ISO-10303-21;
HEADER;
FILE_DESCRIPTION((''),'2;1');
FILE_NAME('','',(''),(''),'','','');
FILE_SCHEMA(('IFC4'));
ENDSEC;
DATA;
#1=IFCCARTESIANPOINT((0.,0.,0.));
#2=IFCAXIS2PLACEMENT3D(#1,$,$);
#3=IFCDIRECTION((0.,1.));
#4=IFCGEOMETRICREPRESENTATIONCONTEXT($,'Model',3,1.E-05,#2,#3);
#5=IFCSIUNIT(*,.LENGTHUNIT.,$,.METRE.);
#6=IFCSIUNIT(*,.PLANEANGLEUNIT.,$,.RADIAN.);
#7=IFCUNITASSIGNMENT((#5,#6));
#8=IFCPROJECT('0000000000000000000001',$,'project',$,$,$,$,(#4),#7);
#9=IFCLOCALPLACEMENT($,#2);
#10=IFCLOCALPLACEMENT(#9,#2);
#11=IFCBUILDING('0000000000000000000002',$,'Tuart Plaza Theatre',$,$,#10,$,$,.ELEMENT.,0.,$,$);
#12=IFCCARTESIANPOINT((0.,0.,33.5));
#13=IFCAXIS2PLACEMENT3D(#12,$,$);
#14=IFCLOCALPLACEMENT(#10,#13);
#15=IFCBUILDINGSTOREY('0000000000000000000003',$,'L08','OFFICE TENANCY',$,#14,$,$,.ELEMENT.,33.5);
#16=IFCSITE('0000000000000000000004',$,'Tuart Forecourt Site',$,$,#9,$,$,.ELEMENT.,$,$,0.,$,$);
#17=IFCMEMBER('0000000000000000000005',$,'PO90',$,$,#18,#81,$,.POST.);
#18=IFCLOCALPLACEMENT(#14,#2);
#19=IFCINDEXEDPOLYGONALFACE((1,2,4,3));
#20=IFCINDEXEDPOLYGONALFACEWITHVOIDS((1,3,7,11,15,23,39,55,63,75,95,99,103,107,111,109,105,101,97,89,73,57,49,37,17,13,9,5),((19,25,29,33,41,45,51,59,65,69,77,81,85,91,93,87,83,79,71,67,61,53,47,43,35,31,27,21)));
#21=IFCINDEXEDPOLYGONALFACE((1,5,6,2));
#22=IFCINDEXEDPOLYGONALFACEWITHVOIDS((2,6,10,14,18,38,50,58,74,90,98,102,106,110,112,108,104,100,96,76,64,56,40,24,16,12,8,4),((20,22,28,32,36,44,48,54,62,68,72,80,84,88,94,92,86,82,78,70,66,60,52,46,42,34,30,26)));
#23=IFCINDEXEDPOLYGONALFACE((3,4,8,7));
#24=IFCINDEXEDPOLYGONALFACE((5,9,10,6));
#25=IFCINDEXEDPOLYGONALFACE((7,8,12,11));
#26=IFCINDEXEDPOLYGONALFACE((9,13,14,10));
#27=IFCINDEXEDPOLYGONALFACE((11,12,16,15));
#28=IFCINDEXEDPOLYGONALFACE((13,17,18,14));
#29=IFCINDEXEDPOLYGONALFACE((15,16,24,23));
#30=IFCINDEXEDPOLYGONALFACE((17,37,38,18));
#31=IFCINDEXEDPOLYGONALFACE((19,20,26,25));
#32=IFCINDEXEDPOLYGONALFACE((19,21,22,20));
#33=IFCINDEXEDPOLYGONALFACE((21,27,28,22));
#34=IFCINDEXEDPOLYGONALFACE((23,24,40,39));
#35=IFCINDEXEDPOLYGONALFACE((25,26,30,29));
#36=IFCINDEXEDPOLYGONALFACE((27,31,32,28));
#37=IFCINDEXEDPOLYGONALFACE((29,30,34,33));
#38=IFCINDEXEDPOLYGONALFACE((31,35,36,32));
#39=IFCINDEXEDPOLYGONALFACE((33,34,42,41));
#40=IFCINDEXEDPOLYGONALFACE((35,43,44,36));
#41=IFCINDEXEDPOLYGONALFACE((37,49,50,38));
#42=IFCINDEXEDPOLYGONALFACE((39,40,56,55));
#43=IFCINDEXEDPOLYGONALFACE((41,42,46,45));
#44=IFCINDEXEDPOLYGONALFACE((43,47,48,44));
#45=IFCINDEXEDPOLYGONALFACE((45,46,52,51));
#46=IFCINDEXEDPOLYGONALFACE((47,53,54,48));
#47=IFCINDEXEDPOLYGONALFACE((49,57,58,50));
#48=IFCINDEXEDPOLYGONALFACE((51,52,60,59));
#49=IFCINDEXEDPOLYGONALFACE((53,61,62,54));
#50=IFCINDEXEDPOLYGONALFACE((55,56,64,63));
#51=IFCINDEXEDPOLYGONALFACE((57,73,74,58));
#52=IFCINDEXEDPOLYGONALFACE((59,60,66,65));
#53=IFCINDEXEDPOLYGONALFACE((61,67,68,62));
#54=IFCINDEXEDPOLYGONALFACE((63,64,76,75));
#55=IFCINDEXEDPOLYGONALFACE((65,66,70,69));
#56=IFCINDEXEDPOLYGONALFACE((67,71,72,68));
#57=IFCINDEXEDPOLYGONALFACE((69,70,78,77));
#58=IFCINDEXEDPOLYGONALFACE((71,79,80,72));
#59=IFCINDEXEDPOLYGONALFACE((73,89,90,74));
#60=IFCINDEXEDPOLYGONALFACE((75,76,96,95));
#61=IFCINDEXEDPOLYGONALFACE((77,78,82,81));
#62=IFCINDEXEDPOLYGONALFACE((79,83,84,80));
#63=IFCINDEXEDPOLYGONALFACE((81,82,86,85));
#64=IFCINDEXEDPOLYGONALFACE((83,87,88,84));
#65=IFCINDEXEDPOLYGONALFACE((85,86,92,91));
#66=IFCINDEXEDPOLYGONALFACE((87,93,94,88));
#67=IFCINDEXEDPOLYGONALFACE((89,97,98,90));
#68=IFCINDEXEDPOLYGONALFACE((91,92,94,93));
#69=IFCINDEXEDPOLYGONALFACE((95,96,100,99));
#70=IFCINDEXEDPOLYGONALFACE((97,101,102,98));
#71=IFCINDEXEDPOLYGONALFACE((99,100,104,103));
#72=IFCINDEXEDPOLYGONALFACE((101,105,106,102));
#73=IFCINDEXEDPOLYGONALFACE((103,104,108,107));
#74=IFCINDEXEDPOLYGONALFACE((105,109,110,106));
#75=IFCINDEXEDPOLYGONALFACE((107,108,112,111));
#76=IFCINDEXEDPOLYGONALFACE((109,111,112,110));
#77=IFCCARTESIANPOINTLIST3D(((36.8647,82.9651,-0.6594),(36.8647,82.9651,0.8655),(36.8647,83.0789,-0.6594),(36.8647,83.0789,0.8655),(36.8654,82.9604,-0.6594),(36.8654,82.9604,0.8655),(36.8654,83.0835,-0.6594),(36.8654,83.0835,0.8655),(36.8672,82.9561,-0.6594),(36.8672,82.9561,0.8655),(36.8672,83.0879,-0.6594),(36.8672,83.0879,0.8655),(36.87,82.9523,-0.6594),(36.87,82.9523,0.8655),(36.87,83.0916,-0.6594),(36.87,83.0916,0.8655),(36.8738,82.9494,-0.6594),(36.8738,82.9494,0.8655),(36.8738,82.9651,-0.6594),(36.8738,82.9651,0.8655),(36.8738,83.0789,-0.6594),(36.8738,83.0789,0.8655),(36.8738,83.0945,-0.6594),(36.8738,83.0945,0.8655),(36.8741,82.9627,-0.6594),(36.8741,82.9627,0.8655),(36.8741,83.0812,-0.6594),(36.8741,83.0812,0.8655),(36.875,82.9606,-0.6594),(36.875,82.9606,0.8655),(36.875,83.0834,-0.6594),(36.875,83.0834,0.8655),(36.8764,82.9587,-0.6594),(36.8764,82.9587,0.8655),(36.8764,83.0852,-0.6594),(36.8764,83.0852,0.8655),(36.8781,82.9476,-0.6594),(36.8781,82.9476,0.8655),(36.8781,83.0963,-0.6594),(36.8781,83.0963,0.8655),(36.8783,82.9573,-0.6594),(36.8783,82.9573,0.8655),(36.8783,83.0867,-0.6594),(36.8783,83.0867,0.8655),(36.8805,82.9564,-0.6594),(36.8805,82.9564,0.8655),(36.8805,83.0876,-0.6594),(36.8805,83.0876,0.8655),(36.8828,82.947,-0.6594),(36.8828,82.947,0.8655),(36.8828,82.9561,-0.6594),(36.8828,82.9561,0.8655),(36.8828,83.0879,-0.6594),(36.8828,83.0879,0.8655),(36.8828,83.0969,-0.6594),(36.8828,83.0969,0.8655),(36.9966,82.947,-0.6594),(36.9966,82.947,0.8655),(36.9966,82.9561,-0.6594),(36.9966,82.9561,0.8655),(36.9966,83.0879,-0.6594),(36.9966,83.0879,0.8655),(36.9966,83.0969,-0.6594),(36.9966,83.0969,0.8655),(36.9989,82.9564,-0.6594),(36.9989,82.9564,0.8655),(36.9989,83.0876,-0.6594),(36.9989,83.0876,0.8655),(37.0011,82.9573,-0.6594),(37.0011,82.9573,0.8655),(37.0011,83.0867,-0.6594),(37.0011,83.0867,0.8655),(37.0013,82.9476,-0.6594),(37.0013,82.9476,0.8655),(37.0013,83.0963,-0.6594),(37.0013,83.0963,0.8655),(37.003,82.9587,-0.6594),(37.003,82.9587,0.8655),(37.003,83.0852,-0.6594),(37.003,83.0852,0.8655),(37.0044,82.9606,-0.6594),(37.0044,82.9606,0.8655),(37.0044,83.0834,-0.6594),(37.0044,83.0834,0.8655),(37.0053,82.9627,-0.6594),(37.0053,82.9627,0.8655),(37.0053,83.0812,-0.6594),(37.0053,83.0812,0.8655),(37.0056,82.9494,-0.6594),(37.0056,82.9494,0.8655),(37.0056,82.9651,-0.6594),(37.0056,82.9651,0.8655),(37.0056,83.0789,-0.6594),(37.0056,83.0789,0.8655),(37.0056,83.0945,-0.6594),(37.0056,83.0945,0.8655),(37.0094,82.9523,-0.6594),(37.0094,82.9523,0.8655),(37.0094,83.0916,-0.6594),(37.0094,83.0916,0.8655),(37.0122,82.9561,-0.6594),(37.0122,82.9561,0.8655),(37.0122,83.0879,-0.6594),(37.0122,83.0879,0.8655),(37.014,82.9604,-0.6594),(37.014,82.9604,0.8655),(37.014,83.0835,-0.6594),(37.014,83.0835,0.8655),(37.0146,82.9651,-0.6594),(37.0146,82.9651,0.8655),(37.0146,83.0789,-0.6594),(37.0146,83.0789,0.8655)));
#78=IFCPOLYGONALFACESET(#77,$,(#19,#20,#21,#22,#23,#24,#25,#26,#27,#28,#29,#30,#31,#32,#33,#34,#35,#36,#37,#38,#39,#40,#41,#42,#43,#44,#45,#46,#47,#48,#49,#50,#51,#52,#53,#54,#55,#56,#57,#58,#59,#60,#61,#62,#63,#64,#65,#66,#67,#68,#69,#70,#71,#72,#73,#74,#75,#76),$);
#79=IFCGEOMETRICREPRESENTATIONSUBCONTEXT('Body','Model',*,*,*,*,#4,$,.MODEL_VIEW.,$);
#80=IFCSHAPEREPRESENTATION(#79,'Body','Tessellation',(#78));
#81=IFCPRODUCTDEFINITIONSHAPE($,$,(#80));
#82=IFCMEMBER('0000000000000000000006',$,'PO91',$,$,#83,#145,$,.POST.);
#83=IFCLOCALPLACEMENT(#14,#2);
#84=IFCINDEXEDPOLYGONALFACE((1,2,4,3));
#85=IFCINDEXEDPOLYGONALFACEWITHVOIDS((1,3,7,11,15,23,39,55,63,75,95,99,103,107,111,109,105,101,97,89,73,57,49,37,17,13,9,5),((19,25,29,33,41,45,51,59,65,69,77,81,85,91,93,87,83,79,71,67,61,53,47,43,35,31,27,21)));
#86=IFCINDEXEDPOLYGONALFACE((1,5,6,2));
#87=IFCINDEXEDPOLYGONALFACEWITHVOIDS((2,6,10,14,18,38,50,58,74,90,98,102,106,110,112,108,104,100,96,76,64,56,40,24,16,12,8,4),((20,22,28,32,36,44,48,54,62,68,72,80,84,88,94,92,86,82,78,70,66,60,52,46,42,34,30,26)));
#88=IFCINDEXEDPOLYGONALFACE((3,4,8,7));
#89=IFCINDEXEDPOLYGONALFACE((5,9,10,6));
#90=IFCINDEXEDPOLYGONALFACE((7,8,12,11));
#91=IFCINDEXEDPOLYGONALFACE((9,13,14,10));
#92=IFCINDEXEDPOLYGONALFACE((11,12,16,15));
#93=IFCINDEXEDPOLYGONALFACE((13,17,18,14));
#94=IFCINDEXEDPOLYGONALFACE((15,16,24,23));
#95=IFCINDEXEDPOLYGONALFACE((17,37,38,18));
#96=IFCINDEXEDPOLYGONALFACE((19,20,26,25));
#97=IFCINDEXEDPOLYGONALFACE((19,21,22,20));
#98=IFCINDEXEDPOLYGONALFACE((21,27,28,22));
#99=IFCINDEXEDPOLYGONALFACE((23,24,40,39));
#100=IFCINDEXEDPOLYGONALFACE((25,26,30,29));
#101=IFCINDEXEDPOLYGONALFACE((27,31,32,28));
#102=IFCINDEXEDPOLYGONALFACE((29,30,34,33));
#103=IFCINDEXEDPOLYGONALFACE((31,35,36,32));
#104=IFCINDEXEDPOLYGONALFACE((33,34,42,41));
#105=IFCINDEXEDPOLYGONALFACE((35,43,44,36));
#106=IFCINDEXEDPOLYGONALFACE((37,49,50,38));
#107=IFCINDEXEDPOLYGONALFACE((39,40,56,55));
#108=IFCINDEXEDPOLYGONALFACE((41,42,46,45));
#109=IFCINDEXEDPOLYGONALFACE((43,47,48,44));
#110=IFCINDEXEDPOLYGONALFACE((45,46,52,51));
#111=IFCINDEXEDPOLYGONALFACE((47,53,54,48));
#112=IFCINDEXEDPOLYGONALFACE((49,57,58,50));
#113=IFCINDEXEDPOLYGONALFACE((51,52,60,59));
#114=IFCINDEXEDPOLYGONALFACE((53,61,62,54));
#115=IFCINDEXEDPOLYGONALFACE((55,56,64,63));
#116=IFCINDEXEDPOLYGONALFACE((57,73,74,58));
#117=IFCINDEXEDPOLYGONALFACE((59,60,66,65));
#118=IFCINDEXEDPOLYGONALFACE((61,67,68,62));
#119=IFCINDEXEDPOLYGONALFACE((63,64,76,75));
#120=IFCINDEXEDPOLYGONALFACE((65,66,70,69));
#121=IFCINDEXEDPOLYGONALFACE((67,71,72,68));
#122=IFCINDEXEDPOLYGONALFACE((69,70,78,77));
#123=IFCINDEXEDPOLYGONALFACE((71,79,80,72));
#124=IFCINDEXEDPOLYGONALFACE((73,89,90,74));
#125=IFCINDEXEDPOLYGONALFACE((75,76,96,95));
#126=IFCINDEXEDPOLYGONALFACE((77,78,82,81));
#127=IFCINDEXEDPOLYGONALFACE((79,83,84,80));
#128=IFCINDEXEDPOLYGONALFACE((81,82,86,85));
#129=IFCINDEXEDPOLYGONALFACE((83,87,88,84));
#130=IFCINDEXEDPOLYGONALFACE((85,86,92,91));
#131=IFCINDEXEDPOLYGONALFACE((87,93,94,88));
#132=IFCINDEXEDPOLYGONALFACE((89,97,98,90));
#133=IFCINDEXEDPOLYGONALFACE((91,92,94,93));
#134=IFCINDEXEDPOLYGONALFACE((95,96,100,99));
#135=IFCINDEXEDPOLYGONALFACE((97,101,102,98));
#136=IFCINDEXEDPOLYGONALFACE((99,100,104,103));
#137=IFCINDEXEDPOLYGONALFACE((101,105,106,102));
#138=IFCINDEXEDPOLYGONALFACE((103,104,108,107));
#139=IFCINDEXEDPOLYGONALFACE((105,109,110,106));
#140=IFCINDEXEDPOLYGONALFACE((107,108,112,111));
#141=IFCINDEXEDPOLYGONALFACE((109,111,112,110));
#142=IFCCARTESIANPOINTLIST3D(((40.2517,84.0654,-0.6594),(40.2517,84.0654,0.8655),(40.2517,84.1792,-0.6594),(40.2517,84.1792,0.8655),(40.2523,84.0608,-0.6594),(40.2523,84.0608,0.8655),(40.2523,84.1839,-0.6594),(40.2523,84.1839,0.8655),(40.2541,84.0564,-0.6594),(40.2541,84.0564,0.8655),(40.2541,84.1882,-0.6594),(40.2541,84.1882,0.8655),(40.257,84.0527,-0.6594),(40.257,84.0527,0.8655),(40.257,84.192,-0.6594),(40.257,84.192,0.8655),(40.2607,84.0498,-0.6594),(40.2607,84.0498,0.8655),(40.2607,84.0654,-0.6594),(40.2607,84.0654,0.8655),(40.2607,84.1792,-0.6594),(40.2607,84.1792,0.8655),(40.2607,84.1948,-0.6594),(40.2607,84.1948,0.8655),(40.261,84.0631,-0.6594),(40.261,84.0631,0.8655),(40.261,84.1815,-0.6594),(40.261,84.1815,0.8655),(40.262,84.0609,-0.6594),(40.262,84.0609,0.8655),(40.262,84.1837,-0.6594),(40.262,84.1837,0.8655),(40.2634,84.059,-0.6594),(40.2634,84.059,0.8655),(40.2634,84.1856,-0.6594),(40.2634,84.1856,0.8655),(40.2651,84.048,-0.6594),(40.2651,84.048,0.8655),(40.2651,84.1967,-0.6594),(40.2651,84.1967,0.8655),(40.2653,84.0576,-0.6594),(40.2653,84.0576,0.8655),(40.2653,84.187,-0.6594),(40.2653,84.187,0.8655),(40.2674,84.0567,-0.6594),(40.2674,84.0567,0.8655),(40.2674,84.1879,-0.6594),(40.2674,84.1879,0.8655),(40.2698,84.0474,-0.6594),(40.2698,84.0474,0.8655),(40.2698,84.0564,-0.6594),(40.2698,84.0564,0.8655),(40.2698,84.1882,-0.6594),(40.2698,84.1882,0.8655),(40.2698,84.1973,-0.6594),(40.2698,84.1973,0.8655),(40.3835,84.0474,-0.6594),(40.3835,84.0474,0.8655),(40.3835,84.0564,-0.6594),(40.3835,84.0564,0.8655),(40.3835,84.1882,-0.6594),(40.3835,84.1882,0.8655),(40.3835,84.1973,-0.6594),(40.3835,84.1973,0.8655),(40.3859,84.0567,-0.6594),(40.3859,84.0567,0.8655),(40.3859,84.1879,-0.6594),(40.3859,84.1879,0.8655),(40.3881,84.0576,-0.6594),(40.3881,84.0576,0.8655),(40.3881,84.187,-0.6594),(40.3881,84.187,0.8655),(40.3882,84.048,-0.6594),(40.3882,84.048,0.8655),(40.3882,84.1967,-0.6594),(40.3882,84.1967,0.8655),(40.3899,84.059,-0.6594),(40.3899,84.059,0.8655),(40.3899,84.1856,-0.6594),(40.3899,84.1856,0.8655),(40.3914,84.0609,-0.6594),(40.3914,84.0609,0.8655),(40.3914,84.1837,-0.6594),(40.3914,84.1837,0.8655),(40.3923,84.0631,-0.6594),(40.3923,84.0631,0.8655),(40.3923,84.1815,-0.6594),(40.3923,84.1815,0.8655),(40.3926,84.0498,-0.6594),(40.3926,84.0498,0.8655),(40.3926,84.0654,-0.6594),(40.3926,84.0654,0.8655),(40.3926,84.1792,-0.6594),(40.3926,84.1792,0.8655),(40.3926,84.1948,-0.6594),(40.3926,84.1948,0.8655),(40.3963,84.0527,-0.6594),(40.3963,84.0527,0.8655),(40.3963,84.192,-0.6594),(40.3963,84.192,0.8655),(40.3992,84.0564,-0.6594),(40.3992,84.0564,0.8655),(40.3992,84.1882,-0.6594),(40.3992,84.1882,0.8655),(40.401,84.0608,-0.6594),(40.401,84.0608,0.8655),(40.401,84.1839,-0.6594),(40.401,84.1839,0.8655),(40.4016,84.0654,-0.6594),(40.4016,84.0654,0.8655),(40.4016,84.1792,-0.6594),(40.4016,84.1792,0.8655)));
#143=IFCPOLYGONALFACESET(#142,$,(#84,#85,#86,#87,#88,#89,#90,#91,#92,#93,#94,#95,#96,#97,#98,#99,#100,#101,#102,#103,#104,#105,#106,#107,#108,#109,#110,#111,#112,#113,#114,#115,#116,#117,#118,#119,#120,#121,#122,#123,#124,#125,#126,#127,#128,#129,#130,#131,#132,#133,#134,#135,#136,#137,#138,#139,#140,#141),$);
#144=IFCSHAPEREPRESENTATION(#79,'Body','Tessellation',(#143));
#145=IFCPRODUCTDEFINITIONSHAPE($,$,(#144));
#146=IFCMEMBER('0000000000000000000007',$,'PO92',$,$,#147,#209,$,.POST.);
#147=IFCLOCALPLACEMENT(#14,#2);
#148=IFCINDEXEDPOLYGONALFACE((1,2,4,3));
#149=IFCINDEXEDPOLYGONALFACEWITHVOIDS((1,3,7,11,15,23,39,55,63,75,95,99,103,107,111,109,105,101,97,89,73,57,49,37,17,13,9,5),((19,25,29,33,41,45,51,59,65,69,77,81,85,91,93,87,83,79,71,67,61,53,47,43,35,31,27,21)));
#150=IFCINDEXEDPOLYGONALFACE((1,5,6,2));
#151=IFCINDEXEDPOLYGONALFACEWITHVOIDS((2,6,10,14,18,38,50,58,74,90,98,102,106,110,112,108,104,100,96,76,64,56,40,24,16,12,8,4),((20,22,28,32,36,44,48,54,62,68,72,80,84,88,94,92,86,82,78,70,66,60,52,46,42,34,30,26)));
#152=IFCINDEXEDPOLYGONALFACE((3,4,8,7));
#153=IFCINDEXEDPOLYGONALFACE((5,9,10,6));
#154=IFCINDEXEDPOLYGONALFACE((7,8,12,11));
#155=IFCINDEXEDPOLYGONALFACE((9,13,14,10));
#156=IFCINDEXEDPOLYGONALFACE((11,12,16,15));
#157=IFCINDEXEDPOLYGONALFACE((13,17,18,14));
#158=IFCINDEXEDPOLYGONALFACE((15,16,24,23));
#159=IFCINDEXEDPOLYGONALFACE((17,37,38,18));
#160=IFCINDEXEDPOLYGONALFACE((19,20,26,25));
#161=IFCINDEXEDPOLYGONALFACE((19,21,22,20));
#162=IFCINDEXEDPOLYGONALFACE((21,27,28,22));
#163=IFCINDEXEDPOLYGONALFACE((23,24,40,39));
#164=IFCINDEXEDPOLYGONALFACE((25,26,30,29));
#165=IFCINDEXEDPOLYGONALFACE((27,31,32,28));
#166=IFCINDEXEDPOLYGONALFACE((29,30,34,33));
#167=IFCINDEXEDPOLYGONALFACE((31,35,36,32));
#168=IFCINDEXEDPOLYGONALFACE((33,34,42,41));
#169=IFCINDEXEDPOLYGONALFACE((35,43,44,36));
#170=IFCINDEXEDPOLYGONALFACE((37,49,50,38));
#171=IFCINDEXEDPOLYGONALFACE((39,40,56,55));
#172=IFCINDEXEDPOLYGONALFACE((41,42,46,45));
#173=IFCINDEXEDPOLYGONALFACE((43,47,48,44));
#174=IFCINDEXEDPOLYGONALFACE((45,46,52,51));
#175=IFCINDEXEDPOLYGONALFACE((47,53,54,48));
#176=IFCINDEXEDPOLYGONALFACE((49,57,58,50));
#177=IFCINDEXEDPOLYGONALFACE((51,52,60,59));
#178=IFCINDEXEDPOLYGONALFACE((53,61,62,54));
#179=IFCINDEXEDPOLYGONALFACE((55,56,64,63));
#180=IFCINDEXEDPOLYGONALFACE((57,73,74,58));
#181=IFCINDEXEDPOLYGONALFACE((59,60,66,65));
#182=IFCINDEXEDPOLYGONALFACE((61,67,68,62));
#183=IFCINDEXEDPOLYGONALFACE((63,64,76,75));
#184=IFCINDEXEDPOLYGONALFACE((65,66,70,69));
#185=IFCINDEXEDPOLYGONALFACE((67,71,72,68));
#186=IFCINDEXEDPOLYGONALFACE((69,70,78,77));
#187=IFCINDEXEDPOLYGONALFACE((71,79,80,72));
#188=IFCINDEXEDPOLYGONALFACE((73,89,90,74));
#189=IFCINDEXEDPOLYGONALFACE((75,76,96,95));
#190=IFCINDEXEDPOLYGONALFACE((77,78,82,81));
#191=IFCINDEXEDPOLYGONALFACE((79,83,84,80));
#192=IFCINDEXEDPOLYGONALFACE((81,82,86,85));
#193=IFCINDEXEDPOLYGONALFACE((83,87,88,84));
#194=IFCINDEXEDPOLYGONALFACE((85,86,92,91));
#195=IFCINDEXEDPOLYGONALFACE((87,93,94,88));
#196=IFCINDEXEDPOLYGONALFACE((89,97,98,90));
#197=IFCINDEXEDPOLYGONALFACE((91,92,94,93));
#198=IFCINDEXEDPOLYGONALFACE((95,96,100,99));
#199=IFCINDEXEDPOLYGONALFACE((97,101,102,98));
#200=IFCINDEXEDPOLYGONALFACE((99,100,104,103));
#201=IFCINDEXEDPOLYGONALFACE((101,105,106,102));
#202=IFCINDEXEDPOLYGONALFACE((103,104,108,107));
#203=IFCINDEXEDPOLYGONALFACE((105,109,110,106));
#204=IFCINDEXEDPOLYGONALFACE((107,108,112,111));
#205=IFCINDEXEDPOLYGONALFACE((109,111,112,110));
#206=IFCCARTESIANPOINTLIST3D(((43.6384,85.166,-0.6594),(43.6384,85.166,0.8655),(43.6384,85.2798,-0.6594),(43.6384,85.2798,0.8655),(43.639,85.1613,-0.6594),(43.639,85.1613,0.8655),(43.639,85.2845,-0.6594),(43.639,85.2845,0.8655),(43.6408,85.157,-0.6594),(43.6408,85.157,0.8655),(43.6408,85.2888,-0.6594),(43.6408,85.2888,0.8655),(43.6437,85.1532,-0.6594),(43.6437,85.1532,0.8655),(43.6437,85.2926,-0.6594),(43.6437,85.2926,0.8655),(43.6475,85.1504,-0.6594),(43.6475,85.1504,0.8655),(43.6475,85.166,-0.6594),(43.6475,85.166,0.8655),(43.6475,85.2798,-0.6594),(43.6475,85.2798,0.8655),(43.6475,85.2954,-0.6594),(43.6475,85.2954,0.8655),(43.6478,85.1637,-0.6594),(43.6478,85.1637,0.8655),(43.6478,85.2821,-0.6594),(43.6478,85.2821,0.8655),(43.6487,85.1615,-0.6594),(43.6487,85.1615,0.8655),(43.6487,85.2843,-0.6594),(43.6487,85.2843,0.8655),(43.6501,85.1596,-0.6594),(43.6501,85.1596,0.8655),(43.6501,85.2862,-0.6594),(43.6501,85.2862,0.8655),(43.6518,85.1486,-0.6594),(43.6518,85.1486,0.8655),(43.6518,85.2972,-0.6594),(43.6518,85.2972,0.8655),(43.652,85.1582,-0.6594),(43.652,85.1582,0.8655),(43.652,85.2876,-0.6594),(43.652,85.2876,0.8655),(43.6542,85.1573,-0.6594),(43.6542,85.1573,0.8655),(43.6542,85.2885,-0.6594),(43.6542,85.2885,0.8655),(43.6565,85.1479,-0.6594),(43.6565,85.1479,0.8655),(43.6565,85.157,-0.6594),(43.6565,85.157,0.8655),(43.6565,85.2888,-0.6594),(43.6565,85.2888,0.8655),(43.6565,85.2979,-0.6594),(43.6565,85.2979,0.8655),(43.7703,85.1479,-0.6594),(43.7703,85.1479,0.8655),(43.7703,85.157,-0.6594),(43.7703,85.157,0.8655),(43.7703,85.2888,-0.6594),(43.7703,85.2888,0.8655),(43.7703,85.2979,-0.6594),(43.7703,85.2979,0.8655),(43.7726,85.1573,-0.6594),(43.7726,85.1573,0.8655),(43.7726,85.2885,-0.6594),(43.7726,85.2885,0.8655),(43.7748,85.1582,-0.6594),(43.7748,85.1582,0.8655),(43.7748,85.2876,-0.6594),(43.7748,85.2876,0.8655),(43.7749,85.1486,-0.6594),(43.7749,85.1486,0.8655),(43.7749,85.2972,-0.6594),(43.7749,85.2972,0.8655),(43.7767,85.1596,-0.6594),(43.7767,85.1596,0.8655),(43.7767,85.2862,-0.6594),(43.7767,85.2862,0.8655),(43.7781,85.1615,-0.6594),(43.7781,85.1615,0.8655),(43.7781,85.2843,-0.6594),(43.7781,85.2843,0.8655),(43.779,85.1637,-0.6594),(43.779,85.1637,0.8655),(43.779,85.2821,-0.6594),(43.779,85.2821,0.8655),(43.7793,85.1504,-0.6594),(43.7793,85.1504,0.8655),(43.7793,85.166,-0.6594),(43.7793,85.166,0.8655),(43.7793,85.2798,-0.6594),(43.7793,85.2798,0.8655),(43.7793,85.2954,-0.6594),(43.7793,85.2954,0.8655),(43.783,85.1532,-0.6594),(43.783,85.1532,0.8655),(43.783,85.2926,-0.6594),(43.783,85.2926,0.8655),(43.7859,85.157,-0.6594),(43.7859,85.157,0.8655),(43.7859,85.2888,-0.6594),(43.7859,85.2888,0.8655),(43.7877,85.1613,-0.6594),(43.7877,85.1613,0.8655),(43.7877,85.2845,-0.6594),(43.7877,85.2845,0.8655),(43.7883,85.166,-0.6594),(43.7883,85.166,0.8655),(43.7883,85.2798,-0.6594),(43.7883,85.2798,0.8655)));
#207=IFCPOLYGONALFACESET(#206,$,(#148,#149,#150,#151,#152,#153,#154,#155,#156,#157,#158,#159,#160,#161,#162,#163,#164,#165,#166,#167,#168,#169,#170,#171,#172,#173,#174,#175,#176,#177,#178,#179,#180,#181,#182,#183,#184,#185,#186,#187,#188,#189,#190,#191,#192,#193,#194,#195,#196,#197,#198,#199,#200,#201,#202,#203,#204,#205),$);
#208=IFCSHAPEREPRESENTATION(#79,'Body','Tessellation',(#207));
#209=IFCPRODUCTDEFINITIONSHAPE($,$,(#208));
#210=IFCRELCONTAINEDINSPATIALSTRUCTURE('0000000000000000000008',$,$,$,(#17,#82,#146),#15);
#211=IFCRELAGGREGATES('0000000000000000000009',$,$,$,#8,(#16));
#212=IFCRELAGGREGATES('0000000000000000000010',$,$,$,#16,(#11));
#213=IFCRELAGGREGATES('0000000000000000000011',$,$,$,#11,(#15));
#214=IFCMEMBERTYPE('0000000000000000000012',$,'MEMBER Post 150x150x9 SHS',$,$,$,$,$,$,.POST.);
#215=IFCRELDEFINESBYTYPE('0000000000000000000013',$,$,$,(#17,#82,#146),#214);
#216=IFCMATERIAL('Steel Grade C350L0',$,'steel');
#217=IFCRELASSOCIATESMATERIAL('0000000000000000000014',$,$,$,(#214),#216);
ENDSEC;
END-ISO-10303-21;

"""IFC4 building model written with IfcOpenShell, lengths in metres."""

from ifc_helpers import new_model, si_unit, direction, frame, origin, origin_2d, place, context, subcontext, project, spatial, hollow_rectangle, extrude, material, material_profile, profile_set, type_object, element, save


model = new_model("IFC4")

# Units and contexts
model_context = context("Model", 3, precision=1e-05, world=origin(), true_north=direction((0.0, 1.0)))
body_context = subcontext(model_context, "Body", "Model", "MODEL_VIEW")
ifc_project = project(units=[si_unit("LENGTHUNIT", "METRE"), si_unit("PLANEANGLEUNIT", "RADIAN")], contexts=[model_context])

# Site, building, storey
site_placement = place(None, origin())
site = spatial("IfcSite", under=ifc_project, at=site_placement, Name="Tuart Forecourt Site", CompositionType="ELEMENT", RefElevation=0.0)
building_placement = place(site_placement, origin())
building = spatial("IfcBuilding", under=site, at=building_placement, Name="Tuart Plaza Theatre", CompositionType="ELEMENT", ElevationOfRefHeight=0.0)
storey_placement = place(building_placement, frame((0.0, 0.0, 33.5)))
storey = spatial("IfcBuildingStorey", under=building, at=storey_placement, Name="L08", Description="OFFICE TENANCY", CompositionType="ELEMENT", Elevation=33.5)

# Members
ifc_material_1 = material(Name="Steel Grade C350L0", Category="steel")
ifc_material_profile_1 = material_profile(ifc_material_1, hollow_rectangle(XDim=0.1499, YDim=0.1499, WallThickness=0.009, InnerFilletRadius=0.009, OuterFilletRadius=0.0181, at=origin_2d()), Name="150x150x9 SHS")
ifc_profile_set_1 = profile_set([ifc_material_profile_1], Name="Steel Grade C350L0")
member_type_1 = type_object("IfcMemberType", Name="MEMBER Post 150x150x9 SHS", PredefinedType="POST", material=ifc_profile_set_1)
for number, where, z_axis, x_axis, name in (
    (1, (36.9397, 83.022, -0.6594), (0.0, 0.0, 1.0), (1.0, 0.0, 0.0), "PO90"),
    (2, (40.3267, 84.1223, -0.6594), (0.0, 0.0, 1.0), (1.0, 0.0, 0.0), "PO91"),
    (3, (43.7134, 85.2229, -0.6594), (0.0, 0.0, 1.0), (1.0, 0.0, 0.0), "PO92"),
):
    element("IfcMember", number, at=place(storey_placement, frame(where, z_axis=z_axis, x_axis=x_axis)), inside=storey, type_object=member_type_1, Name=name, PredefinedType="POST", context=body_context, shape_type="SweptSolid", body=[
        extrude(hollow_rectangle(XDim=0.1499, YDim=0.1499, WallThickness=0.009, InnerFilletRadius=0.009, OuterFilletRadius=0.0181, at=origin_2d()), origin(), (0.0, 0.0, 1.0), 1.5249),
    ])

save(model, "model.ifc")
